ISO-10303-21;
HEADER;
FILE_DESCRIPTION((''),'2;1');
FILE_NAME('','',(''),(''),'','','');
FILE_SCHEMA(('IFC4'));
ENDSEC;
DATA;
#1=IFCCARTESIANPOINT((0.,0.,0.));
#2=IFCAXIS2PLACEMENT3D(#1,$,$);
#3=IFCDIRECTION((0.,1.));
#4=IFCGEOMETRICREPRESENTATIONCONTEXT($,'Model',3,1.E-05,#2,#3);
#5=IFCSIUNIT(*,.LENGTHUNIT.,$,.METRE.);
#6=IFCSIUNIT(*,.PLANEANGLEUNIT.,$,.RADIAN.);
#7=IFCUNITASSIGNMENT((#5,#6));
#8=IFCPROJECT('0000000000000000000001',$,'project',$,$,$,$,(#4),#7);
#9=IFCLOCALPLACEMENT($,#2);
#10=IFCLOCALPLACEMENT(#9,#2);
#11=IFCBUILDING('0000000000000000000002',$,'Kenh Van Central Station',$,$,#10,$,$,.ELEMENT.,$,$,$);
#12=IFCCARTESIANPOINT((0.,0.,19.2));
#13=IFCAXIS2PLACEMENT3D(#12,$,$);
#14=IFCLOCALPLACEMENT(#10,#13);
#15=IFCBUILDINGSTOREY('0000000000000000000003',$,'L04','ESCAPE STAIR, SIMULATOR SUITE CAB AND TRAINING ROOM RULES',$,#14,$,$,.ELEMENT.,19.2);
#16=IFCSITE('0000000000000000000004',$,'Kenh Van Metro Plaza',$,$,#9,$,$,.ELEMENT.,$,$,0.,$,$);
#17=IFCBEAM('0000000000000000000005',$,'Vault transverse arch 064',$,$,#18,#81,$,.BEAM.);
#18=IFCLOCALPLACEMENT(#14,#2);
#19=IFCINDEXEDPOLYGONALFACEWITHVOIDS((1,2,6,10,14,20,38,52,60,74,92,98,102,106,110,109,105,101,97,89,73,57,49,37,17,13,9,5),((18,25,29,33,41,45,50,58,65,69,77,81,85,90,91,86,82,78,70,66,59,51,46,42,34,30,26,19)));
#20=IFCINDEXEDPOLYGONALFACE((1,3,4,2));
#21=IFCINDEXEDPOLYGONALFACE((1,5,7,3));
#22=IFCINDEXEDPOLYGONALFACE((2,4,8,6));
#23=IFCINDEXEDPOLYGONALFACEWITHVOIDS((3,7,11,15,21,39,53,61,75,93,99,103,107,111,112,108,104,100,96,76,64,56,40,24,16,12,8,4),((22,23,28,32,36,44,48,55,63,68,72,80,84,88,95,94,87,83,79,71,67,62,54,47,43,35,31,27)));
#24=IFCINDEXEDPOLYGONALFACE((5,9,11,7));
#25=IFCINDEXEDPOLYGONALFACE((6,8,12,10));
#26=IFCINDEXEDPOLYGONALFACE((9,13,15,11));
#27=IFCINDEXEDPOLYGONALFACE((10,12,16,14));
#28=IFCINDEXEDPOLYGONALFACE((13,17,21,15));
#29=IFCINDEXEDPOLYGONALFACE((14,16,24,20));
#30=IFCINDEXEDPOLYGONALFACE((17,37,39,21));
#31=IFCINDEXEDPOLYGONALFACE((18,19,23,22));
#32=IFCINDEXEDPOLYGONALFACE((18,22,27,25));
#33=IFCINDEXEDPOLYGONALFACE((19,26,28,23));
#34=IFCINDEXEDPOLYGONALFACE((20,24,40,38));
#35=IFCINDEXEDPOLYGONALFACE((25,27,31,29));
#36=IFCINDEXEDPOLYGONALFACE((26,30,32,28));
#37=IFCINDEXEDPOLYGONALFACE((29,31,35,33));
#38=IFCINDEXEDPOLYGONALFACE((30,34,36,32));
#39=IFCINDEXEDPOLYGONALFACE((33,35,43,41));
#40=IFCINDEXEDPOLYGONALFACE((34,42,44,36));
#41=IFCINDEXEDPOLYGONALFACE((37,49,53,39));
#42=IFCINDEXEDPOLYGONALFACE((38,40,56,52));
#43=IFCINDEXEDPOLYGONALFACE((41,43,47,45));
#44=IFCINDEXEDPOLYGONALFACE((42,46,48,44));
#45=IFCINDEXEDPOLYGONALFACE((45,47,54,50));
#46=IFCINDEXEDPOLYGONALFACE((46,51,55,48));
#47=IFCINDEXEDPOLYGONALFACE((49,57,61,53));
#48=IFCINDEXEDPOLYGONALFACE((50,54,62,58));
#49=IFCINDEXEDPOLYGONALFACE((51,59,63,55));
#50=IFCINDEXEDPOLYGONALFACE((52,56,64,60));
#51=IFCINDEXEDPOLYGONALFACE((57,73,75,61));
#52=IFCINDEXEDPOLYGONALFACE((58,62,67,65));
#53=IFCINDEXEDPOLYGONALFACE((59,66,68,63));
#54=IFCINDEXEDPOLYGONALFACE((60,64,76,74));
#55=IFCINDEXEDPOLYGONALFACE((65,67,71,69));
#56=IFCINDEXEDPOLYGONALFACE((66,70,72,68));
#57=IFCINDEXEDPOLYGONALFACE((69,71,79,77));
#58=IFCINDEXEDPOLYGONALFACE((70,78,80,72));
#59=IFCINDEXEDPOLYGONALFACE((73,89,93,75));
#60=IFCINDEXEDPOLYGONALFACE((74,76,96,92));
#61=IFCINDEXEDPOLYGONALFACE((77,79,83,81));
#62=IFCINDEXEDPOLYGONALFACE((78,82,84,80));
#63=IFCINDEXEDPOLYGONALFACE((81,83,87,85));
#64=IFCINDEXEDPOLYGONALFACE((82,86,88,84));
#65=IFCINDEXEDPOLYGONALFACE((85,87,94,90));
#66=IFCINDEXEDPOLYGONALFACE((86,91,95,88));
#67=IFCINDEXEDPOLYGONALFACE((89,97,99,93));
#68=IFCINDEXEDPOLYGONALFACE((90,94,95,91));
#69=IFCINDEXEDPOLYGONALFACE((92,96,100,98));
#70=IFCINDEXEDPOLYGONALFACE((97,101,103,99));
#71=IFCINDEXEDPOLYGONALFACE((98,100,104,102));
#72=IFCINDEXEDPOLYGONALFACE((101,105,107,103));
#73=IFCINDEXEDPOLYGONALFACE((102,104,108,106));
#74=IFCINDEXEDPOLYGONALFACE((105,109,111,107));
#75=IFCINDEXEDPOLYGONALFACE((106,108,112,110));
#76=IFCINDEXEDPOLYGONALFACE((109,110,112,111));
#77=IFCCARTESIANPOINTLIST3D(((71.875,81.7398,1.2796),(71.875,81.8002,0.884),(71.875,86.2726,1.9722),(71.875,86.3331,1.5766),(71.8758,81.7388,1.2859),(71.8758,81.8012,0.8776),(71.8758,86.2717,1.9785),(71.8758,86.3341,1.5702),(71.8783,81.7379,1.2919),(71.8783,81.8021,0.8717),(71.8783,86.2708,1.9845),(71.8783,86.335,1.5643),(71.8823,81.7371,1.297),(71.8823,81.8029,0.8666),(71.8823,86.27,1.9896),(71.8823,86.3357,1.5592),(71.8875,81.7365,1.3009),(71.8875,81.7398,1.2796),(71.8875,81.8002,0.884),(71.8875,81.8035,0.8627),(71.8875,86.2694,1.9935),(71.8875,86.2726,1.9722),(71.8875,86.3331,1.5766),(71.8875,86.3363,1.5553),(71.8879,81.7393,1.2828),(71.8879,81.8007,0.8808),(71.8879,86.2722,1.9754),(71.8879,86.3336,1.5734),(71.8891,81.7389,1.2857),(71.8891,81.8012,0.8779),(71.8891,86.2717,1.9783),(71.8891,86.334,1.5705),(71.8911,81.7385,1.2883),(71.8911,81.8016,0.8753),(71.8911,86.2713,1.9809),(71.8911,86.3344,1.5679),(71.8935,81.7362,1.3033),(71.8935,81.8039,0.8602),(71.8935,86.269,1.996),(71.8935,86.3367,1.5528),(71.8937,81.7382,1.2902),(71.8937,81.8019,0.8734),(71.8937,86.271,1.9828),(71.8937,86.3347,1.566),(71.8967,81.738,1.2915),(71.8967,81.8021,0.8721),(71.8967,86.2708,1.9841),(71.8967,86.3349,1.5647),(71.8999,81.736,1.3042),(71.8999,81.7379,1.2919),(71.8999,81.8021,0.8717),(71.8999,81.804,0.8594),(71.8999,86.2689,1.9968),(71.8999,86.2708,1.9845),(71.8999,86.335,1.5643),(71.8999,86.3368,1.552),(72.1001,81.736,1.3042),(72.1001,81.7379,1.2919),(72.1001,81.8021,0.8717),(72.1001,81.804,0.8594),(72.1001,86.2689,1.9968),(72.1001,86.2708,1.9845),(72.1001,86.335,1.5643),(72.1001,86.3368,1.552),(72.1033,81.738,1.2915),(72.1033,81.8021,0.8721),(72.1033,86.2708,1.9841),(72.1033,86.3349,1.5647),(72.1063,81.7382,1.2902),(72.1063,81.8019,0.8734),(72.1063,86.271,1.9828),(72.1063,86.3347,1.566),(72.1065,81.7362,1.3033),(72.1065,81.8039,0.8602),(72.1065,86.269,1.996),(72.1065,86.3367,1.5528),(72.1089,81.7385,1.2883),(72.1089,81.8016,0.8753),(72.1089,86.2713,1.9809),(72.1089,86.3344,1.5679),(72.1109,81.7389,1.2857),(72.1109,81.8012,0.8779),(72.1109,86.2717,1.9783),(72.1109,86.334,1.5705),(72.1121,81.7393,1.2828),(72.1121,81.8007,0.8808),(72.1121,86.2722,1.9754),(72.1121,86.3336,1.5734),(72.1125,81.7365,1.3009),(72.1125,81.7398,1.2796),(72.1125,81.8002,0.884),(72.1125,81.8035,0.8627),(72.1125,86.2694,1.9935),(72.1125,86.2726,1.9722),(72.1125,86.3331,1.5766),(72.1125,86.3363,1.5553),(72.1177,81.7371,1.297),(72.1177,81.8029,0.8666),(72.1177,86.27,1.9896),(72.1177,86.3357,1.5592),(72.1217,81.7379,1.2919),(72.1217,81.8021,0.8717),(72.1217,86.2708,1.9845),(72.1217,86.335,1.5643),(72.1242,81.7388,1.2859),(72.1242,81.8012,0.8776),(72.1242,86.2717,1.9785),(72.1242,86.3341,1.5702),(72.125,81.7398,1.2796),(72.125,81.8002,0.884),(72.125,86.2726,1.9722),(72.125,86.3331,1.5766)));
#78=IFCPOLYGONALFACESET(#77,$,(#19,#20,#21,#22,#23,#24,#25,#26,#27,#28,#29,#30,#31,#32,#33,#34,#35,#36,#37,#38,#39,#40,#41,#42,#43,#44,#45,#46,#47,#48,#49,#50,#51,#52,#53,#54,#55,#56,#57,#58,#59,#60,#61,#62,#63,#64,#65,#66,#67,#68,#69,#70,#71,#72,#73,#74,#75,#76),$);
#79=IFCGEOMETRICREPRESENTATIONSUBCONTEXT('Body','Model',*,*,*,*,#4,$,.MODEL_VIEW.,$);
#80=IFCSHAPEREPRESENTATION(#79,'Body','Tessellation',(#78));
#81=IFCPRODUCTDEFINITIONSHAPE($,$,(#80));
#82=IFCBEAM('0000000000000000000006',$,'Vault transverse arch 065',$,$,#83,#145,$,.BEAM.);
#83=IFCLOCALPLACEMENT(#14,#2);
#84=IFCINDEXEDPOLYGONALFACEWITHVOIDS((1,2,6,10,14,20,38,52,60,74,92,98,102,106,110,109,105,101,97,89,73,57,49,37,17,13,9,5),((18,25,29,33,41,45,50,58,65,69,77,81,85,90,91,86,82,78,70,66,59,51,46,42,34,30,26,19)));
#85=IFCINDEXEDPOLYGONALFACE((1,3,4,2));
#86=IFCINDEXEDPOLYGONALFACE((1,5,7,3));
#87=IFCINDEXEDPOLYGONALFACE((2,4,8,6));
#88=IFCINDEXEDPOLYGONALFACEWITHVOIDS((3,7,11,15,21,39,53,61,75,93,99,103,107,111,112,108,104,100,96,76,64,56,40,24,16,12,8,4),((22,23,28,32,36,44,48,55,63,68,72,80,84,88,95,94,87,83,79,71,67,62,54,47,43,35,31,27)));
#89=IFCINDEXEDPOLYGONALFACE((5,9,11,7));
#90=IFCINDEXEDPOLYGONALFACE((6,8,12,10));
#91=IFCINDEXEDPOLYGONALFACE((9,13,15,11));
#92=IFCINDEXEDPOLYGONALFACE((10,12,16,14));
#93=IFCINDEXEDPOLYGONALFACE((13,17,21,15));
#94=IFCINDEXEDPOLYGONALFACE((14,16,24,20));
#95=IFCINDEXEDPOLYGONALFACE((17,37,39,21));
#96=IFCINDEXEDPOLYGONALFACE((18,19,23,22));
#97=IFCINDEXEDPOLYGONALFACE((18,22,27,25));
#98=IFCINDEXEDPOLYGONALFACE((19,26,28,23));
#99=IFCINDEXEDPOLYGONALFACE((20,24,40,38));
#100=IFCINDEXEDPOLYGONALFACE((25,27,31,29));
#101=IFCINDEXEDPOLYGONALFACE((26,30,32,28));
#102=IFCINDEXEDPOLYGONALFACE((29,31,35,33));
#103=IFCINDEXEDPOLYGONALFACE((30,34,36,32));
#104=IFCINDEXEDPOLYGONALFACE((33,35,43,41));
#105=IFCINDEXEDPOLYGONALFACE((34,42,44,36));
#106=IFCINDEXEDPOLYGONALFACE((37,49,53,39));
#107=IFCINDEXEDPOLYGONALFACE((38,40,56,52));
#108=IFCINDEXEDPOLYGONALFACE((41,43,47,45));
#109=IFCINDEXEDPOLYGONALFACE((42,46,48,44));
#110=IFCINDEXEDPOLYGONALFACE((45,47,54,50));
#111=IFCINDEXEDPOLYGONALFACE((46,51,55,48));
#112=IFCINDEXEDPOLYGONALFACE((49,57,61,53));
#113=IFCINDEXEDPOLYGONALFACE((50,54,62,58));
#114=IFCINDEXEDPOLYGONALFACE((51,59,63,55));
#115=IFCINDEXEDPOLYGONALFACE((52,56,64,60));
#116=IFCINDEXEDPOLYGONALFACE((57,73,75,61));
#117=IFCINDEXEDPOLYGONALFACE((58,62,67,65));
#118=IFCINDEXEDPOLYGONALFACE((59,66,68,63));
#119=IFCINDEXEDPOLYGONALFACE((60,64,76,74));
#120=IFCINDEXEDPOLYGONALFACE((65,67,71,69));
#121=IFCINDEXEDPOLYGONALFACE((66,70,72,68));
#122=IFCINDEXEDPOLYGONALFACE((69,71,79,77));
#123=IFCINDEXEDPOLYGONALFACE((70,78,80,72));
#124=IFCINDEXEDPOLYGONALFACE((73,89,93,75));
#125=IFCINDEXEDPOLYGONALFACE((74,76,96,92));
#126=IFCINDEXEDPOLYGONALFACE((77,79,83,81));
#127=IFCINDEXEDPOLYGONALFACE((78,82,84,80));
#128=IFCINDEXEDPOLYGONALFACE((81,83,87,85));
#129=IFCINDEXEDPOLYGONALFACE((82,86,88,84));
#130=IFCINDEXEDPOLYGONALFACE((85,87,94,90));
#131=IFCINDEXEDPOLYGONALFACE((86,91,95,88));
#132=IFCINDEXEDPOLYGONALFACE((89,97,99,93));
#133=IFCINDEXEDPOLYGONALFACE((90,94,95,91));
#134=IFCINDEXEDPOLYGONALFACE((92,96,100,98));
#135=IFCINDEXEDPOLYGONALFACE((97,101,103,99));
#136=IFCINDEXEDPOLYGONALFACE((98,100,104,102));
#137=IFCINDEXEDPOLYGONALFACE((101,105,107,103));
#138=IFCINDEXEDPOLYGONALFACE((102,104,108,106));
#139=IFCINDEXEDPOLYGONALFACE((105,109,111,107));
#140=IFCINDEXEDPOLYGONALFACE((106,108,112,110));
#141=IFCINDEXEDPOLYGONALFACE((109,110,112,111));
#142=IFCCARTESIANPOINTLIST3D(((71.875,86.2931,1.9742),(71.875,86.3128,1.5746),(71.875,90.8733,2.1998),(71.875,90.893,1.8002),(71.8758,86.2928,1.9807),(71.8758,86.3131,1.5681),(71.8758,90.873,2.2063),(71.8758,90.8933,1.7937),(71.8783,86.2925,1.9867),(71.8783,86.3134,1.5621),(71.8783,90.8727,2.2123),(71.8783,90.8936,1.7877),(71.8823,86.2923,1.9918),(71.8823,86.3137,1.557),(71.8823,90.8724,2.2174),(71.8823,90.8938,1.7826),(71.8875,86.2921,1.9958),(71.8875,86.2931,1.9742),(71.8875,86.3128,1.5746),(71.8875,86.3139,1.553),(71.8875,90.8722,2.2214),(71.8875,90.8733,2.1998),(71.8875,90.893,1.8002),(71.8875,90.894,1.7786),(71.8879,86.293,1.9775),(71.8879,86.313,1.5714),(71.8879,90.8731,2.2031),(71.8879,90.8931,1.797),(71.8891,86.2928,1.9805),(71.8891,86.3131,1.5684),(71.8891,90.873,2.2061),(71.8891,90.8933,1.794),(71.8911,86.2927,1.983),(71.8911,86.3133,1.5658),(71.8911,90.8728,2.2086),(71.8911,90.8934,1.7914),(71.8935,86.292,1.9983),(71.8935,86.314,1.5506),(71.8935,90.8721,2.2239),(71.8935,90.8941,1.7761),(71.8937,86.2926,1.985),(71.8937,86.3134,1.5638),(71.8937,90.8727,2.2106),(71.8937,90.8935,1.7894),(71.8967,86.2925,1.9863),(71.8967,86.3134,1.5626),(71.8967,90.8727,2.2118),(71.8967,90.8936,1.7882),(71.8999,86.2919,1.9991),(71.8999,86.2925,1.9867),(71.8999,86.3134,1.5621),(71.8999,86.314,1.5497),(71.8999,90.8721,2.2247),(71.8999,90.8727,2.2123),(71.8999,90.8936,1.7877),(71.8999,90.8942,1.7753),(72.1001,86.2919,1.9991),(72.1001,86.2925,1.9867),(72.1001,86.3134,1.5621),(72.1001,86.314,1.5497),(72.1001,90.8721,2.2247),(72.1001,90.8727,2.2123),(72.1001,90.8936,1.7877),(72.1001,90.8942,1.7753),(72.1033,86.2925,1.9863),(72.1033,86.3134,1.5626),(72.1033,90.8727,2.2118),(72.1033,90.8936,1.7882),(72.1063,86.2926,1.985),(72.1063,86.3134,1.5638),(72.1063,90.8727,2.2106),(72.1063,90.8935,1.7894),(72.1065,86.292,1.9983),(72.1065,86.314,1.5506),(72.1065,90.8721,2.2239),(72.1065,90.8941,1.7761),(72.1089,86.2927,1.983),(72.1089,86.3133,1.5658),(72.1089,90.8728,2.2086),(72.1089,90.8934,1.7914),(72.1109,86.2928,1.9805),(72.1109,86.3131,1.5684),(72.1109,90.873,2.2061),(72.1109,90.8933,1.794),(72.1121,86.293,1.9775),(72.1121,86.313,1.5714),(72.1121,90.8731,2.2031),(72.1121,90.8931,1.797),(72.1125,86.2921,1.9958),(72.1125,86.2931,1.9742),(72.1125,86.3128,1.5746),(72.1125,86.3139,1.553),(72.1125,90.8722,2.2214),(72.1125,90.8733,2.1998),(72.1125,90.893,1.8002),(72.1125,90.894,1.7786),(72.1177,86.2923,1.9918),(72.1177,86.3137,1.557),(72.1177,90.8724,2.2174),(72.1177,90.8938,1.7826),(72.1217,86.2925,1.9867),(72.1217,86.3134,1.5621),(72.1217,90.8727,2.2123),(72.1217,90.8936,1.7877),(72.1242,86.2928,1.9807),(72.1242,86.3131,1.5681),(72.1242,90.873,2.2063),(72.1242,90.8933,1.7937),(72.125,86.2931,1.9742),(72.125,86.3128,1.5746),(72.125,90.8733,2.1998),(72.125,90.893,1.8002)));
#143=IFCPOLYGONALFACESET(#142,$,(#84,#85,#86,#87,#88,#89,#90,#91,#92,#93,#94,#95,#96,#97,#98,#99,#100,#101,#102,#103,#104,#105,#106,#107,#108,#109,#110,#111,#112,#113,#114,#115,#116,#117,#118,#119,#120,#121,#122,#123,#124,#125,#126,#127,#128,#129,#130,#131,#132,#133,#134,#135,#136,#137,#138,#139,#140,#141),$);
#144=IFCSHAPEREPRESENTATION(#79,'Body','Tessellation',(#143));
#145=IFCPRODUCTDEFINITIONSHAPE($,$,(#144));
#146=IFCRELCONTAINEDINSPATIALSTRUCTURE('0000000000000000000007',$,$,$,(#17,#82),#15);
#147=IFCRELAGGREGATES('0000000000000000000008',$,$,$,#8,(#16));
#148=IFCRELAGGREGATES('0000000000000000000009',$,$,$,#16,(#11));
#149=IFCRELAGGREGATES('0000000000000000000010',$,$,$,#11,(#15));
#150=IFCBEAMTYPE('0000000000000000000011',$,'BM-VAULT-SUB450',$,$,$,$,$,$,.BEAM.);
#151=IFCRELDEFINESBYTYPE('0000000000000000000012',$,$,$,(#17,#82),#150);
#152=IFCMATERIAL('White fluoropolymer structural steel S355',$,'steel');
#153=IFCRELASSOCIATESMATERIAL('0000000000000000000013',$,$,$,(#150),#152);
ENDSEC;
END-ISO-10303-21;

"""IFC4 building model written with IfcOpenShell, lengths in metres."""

from ifc_helpers import new_model, si_unit, direction, frame, origin, origin_2d, place, context, subcontext, project, spatial, hollow_rectangle, extrude, material, material_profile, profile_set, type_object, element, save


model = new_model("IFC4")

# Units and contexts
model_context = context("Model", 3, precision=1e-05, world=origin(), true_north=direction((0.0, 1.0)))
body_context = subcontext(model_context, "Body", "Model", "MODEL_VIEW")
ifc_project = project(units=[si_unit("LENGTHUNIT", "METRE"), si_unit("PLANEANGLEUNIT", "RADIAN")], contexts=[model_context])

# Site, building, storey
site_placement = place(None, origin())
site = spatial("IfcSite", under=ifc_project, at=site_placement, Name="Kenh Van Metro Plaza", CompositionType="ELEMENT", RefElevation=0.0)
building_placement = place(site_placement, origin())
building = spatial("IfcBuilding", under=site, at=building_placement, Name="Kenh Van Central Station", CompositionType="ELEMENT")
storey_placement = place(building_placement, frame((0.0, 0.0, 19.2)))
storey = spatial("IfcBuildingStorey", under=building, at=storey_placement, Name="L04", Description="ESCAPE STAIR, SIMULATOR SUITE CAB AND TRAINING ROOM RULES", CompositionType="ELEMENT", Elevation=19.2)

# Beams
ifc_material_1 = material(Name="White fluoropolymer structural steel S355", Category="steel")
ifc_material_profile_1 = material_profile(ifc_material_1, hollow_rectangle(XDim=0.25, YDim=0.45, WallThickness=0.0125, InnerFilletRadius=0.0125, OuterFilletRadius=0.0249, at=origin_2d()), Name="RHS 450x250x12.5")
ifc_profile_set_1 = profile_set([ifc_material_profile_1], Name="White fluoropolymer structural steel S355")
beam_type = type_object("IfcBeamType", Name="BM-VAULT-SUB450", PredefinedType="BEAM", material=ifc_profile_set_1)
beam_1_placement = place(storey_placement, frame((72.0, 81.77, 1.0818), z_axis=(0.0, 0.988527, 0.151045), x_axis=(-1.0, 0.0, 0.0)))
element("IfcBeam", 1, at=beam_1_placement, inside=storey, type_object=beam_type, Name="Vault transverse arch 064", PredefinedType="BEAM", context=body_context, shape_type="SweptSolid", body=[
    extrude(hollow_rectangle(XDim=0.25, YDim=0.45, WallThickness=0.0125, InnerFilletRadius=0.0125, OuterFilletRadius=0.0249, at=origin_2d()), origin(), (0.0, 0.0, 1.0), 4.5854),
])
beam_2_placement = place(storey_placement, frame((72.0, 86.303, 1.7744), z_axis=(0.0, 0.998789, 0.049194), x_axis=(-1.0, 0.0, 0.0)))
element("IfcBeam", 2, at=beam_2_placement, inside=storey, type_object=beam_type, Name="Vault transverse arch 065", PredefinedType="BEAM", context=body_context, shape_type="SweptSolid", body=[
    extrude(hollow_rectangle(XDim=0.25, YDim=0.45, WallThickness=0.0125, InnerFilletRadius=0.0125, OuterFilletRadius=0.0249, at=origin_2d()), origin(), (0.0, 0.0, 1.0), 4.5857),
])

save(model, "model.ifc")
